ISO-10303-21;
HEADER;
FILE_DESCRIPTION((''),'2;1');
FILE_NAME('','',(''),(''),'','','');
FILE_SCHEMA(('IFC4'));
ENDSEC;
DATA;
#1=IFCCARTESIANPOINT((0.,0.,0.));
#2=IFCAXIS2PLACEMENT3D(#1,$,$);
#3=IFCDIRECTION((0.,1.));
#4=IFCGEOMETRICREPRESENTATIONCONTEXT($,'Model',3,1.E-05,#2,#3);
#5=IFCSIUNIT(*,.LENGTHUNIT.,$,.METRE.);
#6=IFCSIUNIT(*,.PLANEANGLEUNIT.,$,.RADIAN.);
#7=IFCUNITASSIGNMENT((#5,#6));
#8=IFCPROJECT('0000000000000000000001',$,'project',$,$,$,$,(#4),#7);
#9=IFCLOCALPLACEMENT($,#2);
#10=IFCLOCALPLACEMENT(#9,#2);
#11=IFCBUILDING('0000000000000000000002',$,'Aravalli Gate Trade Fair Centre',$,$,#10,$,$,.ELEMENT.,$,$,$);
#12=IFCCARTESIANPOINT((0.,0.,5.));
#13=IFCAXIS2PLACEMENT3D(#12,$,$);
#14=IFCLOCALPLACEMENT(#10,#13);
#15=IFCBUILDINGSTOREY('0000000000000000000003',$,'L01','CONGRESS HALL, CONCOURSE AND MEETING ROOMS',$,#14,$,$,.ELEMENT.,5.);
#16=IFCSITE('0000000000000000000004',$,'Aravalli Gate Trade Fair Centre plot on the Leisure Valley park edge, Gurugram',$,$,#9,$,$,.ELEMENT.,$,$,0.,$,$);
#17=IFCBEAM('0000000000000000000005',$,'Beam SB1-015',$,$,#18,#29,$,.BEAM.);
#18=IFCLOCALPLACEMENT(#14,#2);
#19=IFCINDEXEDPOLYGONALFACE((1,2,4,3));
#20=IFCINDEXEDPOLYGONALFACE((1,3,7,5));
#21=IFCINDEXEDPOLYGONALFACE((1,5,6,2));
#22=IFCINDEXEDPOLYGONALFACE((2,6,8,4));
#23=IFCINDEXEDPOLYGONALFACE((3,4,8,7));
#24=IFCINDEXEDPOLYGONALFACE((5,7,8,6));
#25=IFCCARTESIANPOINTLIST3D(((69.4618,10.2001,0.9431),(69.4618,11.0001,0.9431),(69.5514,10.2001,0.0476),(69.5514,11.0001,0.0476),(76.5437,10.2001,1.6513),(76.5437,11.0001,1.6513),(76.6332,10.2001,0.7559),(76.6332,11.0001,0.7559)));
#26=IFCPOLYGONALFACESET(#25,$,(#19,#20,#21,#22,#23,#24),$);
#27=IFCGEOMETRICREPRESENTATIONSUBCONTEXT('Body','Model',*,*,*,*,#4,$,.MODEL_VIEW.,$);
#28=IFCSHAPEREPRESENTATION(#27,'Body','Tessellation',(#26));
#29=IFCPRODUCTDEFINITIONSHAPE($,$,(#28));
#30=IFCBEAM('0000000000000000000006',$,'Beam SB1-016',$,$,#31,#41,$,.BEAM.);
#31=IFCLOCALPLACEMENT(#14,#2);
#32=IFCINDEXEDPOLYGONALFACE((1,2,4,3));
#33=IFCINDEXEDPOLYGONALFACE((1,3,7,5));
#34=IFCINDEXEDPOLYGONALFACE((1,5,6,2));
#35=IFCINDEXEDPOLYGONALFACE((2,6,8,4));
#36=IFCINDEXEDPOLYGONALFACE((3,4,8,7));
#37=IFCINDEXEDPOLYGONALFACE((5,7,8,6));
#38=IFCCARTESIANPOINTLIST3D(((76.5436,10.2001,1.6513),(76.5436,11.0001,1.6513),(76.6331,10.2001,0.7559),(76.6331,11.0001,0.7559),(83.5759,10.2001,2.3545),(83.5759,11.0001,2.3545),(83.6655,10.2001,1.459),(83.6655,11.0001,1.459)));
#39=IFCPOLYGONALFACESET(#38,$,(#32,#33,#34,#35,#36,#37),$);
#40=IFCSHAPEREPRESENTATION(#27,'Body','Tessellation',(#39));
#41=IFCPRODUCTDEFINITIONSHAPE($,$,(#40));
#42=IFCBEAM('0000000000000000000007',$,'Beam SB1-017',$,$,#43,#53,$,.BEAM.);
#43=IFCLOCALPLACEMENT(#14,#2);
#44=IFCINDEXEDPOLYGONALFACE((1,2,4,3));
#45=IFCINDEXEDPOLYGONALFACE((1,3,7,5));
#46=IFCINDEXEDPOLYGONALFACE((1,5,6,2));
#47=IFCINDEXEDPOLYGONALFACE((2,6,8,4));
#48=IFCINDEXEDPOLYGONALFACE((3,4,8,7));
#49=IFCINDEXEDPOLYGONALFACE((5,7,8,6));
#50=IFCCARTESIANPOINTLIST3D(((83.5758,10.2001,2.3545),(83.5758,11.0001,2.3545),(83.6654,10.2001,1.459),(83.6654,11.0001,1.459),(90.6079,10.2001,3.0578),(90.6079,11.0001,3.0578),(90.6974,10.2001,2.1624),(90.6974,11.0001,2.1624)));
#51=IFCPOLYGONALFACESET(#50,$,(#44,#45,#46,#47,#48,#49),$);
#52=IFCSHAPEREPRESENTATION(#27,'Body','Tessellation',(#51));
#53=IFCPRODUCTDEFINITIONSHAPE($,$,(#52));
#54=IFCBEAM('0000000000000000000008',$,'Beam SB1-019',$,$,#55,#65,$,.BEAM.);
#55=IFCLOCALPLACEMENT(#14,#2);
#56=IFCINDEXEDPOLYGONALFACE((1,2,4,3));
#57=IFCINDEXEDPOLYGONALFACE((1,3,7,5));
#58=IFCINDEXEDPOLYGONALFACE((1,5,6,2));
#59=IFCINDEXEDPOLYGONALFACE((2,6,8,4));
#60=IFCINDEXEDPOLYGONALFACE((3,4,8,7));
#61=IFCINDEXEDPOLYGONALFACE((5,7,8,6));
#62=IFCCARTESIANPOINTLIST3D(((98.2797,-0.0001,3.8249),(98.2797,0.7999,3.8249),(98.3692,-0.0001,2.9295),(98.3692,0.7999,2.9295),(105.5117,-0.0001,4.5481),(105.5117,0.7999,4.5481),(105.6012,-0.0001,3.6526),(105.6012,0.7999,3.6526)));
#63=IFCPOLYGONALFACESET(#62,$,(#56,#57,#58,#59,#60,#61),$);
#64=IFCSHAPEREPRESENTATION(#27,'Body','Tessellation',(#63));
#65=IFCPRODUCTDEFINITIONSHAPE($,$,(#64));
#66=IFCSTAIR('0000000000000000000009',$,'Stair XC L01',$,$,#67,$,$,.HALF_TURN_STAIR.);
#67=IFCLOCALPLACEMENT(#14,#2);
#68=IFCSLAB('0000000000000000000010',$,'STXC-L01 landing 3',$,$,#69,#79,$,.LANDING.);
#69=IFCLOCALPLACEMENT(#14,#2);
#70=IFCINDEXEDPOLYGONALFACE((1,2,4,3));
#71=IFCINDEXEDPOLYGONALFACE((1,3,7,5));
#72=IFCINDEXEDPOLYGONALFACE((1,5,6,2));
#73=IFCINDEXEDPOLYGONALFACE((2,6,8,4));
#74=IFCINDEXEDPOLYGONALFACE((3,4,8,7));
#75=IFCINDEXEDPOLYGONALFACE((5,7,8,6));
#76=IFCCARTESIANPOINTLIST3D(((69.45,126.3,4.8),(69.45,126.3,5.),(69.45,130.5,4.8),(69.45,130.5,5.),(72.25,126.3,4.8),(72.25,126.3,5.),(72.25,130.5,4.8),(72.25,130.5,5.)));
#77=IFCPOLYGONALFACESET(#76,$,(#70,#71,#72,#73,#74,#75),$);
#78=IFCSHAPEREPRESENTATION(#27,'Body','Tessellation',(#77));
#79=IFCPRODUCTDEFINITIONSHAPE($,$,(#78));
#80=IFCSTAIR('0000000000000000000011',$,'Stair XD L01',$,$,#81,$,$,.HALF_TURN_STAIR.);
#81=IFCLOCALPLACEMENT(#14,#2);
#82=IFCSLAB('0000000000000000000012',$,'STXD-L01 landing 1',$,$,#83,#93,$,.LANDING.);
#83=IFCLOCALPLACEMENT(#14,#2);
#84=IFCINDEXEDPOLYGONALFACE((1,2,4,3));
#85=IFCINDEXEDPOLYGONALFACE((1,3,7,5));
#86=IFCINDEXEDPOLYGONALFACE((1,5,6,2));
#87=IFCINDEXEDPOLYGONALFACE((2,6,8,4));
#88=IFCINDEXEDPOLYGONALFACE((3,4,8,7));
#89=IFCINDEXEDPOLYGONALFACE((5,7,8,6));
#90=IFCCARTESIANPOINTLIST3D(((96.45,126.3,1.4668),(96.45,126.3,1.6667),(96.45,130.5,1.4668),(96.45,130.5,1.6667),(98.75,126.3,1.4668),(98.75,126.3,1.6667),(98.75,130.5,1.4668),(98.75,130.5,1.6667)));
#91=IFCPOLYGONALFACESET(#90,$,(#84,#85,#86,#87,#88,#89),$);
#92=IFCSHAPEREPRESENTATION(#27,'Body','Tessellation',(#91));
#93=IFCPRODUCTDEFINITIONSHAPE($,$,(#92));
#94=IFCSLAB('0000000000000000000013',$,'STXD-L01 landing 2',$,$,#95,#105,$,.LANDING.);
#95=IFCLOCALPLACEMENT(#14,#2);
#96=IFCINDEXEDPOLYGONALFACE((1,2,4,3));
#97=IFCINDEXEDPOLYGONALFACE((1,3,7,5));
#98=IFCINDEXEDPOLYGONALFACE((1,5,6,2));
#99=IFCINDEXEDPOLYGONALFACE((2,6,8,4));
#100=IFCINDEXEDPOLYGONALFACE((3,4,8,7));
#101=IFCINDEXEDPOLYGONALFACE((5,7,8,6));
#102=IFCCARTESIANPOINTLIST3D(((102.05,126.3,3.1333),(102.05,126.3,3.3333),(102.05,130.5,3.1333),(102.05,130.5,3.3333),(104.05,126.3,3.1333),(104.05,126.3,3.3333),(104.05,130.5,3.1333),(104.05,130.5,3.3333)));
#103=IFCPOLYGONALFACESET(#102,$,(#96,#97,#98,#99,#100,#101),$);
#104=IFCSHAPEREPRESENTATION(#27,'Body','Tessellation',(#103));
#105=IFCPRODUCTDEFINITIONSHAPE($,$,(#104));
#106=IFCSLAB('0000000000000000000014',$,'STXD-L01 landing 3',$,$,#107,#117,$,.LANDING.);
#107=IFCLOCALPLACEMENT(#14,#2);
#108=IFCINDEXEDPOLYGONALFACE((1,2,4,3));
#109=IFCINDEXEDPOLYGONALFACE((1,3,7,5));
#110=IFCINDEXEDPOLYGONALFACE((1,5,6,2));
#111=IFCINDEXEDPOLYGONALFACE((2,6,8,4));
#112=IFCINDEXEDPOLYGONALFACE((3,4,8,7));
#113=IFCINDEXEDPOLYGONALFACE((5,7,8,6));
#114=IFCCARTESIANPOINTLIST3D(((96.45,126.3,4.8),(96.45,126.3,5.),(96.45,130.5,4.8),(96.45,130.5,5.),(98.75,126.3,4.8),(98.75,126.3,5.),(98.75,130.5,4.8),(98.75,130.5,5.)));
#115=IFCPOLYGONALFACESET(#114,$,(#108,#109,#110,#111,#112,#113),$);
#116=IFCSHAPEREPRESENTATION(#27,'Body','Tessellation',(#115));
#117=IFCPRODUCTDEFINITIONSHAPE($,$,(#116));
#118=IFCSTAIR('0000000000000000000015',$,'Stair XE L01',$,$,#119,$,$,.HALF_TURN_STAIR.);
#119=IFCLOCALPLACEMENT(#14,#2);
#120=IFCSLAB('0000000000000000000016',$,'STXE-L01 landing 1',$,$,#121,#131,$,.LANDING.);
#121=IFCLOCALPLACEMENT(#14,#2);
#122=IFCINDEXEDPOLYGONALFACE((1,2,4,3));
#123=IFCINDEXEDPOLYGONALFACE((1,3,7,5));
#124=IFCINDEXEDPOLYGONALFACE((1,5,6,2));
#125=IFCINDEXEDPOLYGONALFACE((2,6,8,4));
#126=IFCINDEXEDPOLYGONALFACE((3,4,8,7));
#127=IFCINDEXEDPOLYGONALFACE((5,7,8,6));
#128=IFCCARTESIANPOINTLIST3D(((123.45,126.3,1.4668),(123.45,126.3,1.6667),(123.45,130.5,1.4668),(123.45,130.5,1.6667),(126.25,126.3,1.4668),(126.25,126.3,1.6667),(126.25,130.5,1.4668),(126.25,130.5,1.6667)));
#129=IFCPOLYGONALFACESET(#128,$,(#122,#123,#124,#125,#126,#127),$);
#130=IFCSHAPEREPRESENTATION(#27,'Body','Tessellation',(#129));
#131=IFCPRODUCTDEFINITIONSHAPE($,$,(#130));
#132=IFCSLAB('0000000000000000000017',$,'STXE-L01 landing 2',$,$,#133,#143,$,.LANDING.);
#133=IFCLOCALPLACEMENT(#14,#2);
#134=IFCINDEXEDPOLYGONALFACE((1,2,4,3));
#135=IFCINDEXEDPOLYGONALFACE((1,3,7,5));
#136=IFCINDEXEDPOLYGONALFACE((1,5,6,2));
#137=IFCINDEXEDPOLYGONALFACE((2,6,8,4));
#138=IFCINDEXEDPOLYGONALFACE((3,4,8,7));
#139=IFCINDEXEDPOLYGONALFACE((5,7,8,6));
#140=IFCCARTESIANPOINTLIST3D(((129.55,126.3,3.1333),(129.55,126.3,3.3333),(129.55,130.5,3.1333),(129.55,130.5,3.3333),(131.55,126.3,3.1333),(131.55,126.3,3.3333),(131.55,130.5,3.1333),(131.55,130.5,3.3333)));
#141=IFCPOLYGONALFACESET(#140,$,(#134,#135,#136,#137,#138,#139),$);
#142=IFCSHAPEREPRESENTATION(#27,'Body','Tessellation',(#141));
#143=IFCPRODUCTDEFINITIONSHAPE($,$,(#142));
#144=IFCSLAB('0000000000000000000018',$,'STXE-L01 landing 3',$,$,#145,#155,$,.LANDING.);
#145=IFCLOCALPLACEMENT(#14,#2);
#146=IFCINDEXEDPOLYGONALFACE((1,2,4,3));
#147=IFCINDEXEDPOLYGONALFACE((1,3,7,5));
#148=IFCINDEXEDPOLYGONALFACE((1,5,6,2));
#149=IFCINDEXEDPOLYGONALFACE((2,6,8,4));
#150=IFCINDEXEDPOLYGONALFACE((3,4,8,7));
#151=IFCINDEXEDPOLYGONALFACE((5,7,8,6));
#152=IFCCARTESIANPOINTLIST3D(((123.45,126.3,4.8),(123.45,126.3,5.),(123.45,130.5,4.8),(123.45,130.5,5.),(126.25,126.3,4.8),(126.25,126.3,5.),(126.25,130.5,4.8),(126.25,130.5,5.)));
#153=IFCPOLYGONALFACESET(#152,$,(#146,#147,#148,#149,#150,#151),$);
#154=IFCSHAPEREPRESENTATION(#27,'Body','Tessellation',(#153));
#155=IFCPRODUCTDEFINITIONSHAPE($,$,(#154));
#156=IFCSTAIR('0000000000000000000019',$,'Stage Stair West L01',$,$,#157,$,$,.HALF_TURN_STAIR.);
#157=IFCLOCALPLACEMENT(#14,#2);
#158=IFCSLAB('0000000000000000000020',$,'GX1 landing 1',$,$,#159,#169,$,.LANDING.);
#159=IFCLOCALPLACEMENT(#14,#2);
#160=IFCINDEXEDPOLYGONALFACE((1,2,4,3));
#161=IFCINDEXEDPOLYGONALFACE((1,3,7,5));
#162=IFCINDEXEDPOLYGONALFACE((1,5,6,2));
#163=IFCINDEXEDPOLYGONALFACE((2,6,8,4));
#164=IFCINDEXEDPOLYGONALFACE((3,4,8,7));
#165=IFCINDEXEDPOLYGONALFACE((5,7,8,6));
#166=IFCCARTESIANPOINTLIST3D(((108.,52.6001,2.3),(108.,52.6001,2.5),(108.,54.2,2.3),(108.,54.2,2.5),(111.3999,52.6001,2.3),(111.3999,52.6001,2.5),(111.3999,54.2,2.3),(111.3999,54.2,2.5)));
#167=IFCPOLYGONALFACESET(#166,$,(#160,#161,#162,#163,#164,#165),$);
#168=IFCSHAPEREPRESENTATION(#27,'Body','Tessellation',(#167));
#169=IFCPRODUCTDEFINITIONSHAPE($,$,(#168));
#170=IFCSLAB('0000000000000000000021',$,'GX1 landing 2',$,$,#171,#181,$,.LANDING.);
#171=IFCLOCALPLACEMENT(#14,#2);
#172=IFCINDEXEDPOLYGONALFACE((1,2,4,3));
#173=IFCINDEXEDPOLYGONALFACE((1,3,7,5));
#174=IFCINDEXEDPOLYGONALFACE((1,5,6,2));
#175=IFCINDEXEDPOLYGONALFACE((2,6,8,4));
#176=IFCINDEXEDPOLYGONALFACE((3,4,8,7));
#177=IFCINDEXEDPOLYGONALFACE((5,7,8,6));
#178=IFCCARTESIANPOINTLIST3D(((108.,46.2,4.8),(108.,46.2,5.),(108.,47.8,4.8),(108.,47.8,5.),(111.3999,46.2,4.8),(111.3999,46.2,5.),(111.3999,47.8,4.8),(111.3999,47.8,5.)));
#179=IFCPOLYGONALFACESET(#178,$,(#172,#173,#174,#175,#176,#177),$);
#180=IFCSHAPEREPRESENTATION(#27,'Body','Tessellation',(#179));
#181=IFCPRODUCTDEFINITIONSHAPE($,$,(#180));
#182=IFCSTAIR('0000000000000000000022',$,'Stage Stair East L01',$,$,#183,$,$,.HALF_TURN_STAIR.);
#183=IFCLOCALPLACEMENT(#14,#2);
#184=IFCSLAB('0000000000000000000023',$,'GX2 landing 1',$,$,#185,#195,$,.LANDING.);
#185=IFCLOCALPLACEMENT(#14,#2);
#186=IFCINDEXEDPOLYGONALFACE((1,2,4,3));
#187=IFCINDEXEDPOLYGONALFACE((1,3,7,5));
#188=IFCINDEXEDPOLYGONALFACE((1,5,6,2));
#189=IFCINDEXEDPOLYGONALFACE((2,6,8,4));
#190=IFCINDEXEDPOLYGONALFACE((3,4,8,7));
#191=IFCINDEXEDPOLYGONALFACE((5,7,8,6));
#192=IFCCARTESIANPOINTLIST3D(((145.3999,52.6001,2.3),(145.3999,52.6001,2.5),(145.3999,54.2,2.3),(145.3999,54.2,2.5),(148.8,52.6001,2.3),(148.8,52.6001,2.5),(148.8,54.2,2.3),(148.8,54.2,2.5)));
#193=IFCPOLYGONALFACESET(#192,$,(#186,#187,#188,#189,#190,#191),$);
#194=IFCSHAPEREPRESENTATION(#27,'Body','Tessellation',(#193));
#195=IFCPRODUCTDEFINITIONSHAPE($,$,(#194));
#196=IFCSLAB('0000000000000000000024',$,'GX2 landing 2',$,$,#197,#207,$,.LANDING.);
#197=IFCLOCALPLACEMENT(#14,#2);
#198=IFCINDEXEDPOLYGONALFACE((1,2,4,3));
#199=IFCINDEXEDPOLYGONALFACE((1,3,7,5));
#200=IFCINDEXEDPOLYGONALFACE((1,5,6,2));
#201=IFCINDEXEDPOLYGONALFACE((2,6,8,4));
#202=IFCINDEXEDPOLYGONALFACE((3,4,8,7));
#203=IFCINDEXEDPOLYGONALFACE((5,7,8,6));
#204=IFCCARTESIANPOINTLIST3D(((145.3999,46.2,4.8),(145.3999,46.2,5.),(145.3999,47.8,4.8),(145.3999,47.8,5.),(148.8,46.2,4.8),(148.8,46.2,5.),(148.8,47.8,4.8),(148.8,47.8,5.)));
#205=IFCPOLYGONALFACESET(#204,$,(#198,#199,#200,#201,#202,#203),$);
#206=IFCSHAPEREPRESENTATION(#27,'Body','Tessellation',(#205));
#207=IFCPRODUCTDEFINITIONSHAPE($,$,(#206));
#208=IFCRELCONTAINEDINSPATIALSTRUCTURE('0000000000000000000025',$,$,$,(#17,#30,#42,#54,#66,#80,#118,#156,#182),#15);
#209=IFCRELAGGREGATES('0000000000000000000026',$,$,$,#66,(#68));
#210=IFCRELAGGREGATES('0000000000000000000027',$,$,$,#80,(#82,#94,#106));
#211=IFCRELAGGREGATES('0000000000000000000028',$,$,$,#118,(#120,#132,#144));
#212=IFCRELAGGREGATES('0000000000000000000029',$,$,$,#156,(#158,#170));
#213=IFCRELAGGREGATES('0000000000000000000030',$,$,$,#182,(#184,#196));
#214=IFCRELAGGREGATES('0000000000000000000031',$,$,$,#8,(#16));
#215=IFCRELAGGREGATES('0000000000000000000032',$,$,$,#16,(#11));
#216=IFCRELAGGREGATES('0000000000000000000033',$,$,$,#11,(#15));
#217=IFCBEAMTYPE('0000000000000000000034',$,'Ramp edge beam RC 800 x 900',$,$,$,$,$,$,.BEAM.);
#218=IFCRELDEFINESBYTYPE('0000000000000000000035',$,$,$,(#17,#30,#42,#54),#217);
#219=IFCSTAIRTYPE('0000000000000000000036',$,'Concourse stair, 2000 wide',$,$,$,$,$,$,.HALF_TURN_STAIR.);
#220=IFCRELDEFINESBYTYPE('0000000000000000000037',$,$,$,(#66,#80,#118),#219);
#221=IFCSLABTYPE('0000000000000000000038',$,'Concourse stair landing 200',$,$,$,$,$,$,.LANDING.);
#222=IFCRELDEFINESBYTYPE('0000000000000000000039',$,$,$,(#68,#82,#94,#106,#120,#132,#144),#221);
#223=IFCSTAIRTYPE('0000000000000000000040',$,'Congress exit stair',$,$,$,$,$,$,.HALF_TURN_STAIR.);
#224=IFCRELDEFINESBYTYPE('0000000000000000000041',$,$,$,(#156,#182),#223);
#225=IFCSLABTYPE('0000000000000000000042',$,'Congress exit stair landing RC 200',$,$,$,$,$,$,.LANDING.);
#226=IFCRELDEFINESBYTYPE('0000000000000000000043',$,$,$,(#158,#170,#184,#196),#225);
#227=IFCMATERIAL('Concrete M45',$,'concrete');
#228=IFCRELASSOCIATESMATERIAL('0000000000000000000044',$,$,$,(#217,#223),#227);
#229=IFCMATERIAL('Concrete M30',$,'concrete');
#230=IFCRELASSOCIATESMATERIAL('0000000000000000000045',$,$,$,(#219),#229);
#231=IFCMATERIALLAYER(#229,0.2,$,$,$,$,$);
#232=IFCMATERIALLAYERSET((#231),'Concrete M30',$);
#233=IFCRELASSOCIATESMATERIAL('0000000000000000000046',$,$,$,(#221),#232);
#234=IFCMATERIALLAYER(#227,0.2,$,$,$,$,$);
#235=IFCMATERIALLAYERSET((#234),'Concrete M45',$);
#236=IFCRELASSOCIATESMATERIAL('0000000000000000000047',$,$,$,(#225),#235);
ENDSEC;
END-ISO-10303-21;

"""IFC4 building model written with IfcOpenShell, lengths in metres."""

from ifc_helpers import new_model, si_unit, direction, frame, origin, origin_2d, place, context, subcontext, project, spatial, polyline, rectangle, outline, extrude, material, layer, layer_set, material_profile, profile_set, type_object, element, aggregate, save


model = new_model("IFC4")

# Units and contexts
model_context = context("Model", 3, precision=1e-05, world=origin(), true_north=direction((0.0, 1.0)))
body_context = subcontext(model_context, "Body", "Model", "MODEL_VIEW")
ifc_project = project(units=[si_unit("LENGTHUNIT", "METRE"), si_unit("PLANEANGLEUNIT", "RADIAN")], contexts=[model_context])

# Site, building, storey
site_placement = place(None, origin())
site = spatial("IfcSite", under=ifc_project, at=site_placement, Name="Aravalli Gate Trade Fair Centre plot on the Leisure Valley park edge, Gurugram", CompositionType="ELEMENT", RefElevation=0.0)
building_placement = place(site_placement, origin())
building = spatial("IfcBuilding", under=site, at=building_placement, Name="Aravalli Gate Trade Fair Centre", CompositionType="ELEMENT")
storey_placement = place(building_placement, frame((0.0, 0.0, 5.0)))
storey = spatial("IfcBuildingStorey", under=building, at=storey_placement, Name="L01", Description="CONGRESS HALL, CONCOURSE AND MEETING ROOMS", CompositionType="ELEMENT", Elevation=5.0)

# Shared definitions
ifc_material_1 = material(Name="Concrete M45", Category="concrete")

# Beams
ifc_material_profile_1 = material_profile(ifc_material_1, rectangle(XDim=0.8, YDim=0.8999, at=origin_2d()), Name="Ramp edge beam RC 800 x 900")
ifc_profile_set_1 = profile_set([ifc_material_profile_1], Name="Concrete M45")
beam_type_1 = type_object("IfcBeamType", Name="Ramp edge beam RC 800 x 900", PredefinedType="BEAM", material=ifc_profile_set_1)
beam_1_placement = place(storey_placement, frame((69.5066, 10.6001, 0.4954), z_axis=(0.995036, 0.0, 0.099514), x_axis=(0.0, 1.0, 0.0)))
element("IfcBeam", 1, at=beam_1_placement, inside=storey, type_object=beam_type_1, Name="Beam SB1-015", PredefinedType="BEAM", context=body_context, shape_type="SweptSolid", body=[
    extrude(rectangle(XDim=0.8, YDim=0.8999, at=origin_2d()), origin(), (0.0, 0.0, 1.0), 7.1172),
])
beam_2_placement = place(storey_placement, frame((76.5884, 10.6001, 1.2036), z_axis=(0.995039, 0.0, 0.09949), x_axis=(0.0, 1.0, 0.0)))
element("IfcBeam", 2, at=beam_2_placement, inside=storey, type_object=beam_type_1, Name="Beam SB1-016", PredefinedType="BEAM", context=body_context, shape_type="SweptSolid", body=[
    extrude(rectangle(XDim=0.8, YDim=0.8999, at=origin_2d()), origin(), (0.0, 0.0, 1.0), 7.0674),
])
beam_3_placement = place(storey_placement, frame((83.6206, 10.6001, 1.9067), z_axis=(0.995035, 0.0, 0.099528), x_axis=(0.0, 1.0, 0.0)))
element("IfcBeam", 3, at=beam_3_placement, inside=storey, type_object=beam_type_1, Name="Beam SB1-017", PredefinedType="BEAM", context=body_context, shape_type="SweptSolid", body=[
    extrude(rectangle(XDim=0.8, YDim=0.8999, at=origin_2d()), origin(), (0.0, 0.0, 1.0), 7.0671),
])
beam_4_placement = place(storey_placement, frame((98.3245, 0.3999, 3.3772), z_axis=(0.995038, 0.0, 0.099497), x_axis=(0.0, 1.0, 0.0)))
element("IfcBeam", 4, at=beam_4_placement, inside=storey, type_object=beam_type_1, Name="Beam SB1-019", PredefinedType="BEAM", context=body_context, shape_type="SweptSolid", body=[
    extrude(rectangle(XDim=0.8, YDim=0.8999, at=origin_2d()), origin(), (0.0, 0.0, 1.0), 7.2681),
])

# Stair, slab
ifc_material_2 = material(Name="Concrete M30", Category="concrete")
stair_type_1 = type_object("IfcStairType", Name="Concourse stair, 2000 wide", PredefinedType="HALF_TURN_STAIR", material=ifc_material_2)
stair_1_placement = place(storey_placement, origin())
stair_1 = element("IfcStair", 5, at=stair_1_placement, inside=storey, type_object=stair_type_1, Name="Stair XC L01", PredefinedType="HALF_TURN_STAIR")
ifc_layer_1 = layer(ifc_material_2, 0.2)
ifc_layer_set_1 = layer_set([ifc_layer_1], Name="Concrete M30")
slab_type_1 = type_object("IfcSlabType", Name="Concourse stair landing 200", PredefinedType="LANDING", material=ifc_layer_set_1)
slab_1_placement = place(storey_placement, frame((0.0, 0.0, 4.8)))
slab_1 = element("IfcSlab", 6, at=slab_1_placement, type_object=slab_type_1, Name="STXC-L01 landing 3", PredefinedType="LANDING", context=body_context, shape_type="SweptSolid", body=[
    extrude(outline(polyline([(69.45, 126.3), (72.25, 126.3), (72.25, 130.5), (69.45, 130.5), (69.45, 126.3)])), origin(), (0.0, 0.0, 1.0), 0.2),
])
aggregate(stair_1, [slab_1])

# Stairs, slabs
stair_2_placement = place(storey_placement, origin())
stair_2 = element("IfcStair", 7, at=stair_2_placement, inside=storey, type_object=stair_type_1, Name="Stair XD L01", PredefinedType="HALF_TURN_STAIR")
slab_2_placement = place(storey_placement, frame((0.0, 0.0, 1.4668)))
slab_2 = element("IfcSlab", 8, at=slab_2_placement, type_object=slab_type_1, Name="STXD-L01 landing 1", PredefinedType="LANDING", context=body_context, shape_type="SweptSolid", body=[
    extrude(outline(polyline([(96.45, 126.3), (98.75, 126.3), (98.75, 130.5), (96.45, 130.5), (96.45, 126.3)])), origin(), (0.0, 0.0, 1.0), 0.2),
])
slab_3_placement = place(storey_placement, frame((0.0, 0.0, 3.1333)))
slab_3 = element("IfcSlab", 9, at=slab_3_placement, type_object=slab_type_1, Name="STXD-L01 landing 2", PredefinedType="LANDING", context=body_context, shape_type="SweptSolid", body=[
    extrude(outline(polyline([(102.05, 126.3), (104.05, 126.3), (104.05, 130.5), (102.05, 130.5), (102.05, 126.3)])), origin(), (0.0, 0.0, 1.0), 0.2),
])
slab_4_placement = place(storey_placement, frame((0.0, 0.0, 4.8)))
slab_4 = element("IfcSlab", 10, at=slab_4_placement, type_object=slab_type_1, Name="STXD-L01 landing 3", PredefinedType="LANDING", context=body_context, shape_type="SweptSolid", body=[
    extrude(outline(polyline([(96.45, 126.3), (98.75, 126.3), (98.75, 130.5), (96.45, 130.5), (96.45, 126.3)])), origin(), (0.0, 0.0, 1.0), 0.2),
])
aggregate(stair_2, [slab_2, slab_3, slab_4])
stair_3_placement = place(storey_placement, origin())
stair_3 = element("IfcStair", 11, at=stair_3_placement, inside=storey, type_object=stair_type_1, Name="Stair XE L01", PredefinedType="HALF_TURN_STAIR")
slab_5_placement = place(storey_placement, frame((0.0, 0.0, 1.4668)))
slab_5 = element("IfcSlab", 12, at=slab_5_placement, type_object=slab_type_1, Name="STXE-L01 landing 1", PredefinedType="LANDING", context=body_context, shape_type="SweptSolid", body=[
    extrude(outline(polyline([(123.45, 126.3), (126.25, 126.3), (126.25, 130.5), (123.45, 130.5), (123.45, 126.3)])), origin(), (0.0, 0.0, 1.0), 0.2),
])
slab_6_placement = place(storey_placement, frame((0.0, 0.0, 3.1333)))
slab_6 = element("IfcSlab", 13, at=slab_6_placement, type_object=slab_type_1, Name="STXE-L01 landing 2", PredefinedType="LANDING", context=body_context, shape_type="SweptSolid", body=[
    extrude(outline(polyline([(129.55, 126.3), (131.55, 126.3), (131.55, 130.5), (129.55, 130.5), (129.55, 126.3)])), origin(), (0.0, 0.0, 1.0), 0.2),
])
slab_7_placement = place(storey_placement, frame((0.0, 0.0, 4.8)))
slab_7 = element("IfcSlab", 14, at=slab_7_placement, type_object=slab_type_1, Name="STXE-L01 landing 3", PredefinedType="LANDING", context=body_context, shape_type="SweptSolid", body=[
    extrude(outline(polyline([(123.45, 126.3), (126.25, 126.3), (126.25, 130.5), (123.45, 130.5), (123.45, 126.3)])), origin(), (0.0, 0.0, 1.0), 0.2),
])
aggregate(stair_3, [slab_5, slab_6, slab_7])
stair_type_2 = type_object("IfcStairType", Name="Congress exit stair", PredefinedType="HALF_TURN_STAIR", material=ifc_material_1)
stair_4_placement = place(storey_placement, origin())
stair_4 = element("IfcStair", 15, at=stair_4_placement, inside=storey, type_object=stair_type_2, Name="Stage Stair West L01", PredefinedType="HALF_TURN_STAIR")
ifc_layer_2 = layer(ifc_material_1, 0.2)
ifc_layer_set_2 = layer_set([ifc_layer_2], Name="Concrete M45")
slab_type_2 = type_object("IfcSlabType", Name="Congress exit stair landing RC 200", PredefinedType="LANDING", material=ifc_layer_set_2)
slab_8_placement = place(storey_placement, frame((0.0, 0.0, 2.3)))
slab_8 = element("IfcSlab", 16, at=slab_8_placement, type_object=slab_type_2, Name="GX1 landing 1", PredefinedType="LANDING", context=body_context, shape_type="SweptSolid", body=[
    extrude(outline(polyline([(108.0, 52.6001), (111.3999, 52.6001), (111.3999, 54.2), (108.0, 54.2), (108.0, 52.6001)])), origin(), (0.0, 0.0, 1.0), 0.2),
])
slab_9_placement = place(storey_placement, frame((0.0, 0.0, 4.8)))
slab_9 = element("IfcSlab", 17, at=slab_9_placement, type_object=slab_type_2, Name="GX1 landing 2", PredefinedType="LANDING", context=body_context, shape_type="SweptSolid", body=[
    extrude(outline(polyline([(108.0, 46.2), (111.3999, 46.2), (111.3999, 47.8), (108.0, 47.8), (108.0, 46.2)])), origin(), (0.0, 0.0, 1.0), 0.2),
])
aggregate(stair_4, [slab_8, slab_9])
stair_5_placement = place(storey_placement, origin())
stair_5 = element("IfcStair", 18, at=stair_5_placement, inside=storey, type_object=stair_type_2, Name="Stage Stair East L01", PredefinedType="HALF_TURN_STAIR")
slab_10_placement = place(storey_placement, frame((0.0, 0.0, 2.3)))
slab_10 = element("IfcSlab", 19, at=slab_10_placement, type_object=slab_type_2, Name="GX2 landing 1", PredefinedType="LANDING", context=body_context, shape_type="SweptSolid", body=[
    extrude(outline(polyline([(145.3999, 52.6001), (148.8, 52.6001), (148.8, 54.2), (145.3999, 54.2), (145.3999, 52.6001)])), origin(), (0.0, 0.0, 1.0), 0.2),
])
slab_11_placement = place(storey_placement, frame((0.0, 0.0, 4.8)))
slab_11 = element("IfcSlab", 20, at=slab_11_placement, type_object=slab_type_2, Name="GX2 landing 2", PredefinedType="LANDING", context=body_context, shape_type="SweptSolid", body=[
    extrude(outline(polyline([(145.3999, 46.2), (148.8, 46.2), (148.8, 47.8), (145.3999, 47.8), (145.3999, 46.2)])), origin(), (0.0, 0.0, 1.0), 0.2),
])
aggregate(stair_5, [slab_10, slab_11])

save(model, "model.ifc")
